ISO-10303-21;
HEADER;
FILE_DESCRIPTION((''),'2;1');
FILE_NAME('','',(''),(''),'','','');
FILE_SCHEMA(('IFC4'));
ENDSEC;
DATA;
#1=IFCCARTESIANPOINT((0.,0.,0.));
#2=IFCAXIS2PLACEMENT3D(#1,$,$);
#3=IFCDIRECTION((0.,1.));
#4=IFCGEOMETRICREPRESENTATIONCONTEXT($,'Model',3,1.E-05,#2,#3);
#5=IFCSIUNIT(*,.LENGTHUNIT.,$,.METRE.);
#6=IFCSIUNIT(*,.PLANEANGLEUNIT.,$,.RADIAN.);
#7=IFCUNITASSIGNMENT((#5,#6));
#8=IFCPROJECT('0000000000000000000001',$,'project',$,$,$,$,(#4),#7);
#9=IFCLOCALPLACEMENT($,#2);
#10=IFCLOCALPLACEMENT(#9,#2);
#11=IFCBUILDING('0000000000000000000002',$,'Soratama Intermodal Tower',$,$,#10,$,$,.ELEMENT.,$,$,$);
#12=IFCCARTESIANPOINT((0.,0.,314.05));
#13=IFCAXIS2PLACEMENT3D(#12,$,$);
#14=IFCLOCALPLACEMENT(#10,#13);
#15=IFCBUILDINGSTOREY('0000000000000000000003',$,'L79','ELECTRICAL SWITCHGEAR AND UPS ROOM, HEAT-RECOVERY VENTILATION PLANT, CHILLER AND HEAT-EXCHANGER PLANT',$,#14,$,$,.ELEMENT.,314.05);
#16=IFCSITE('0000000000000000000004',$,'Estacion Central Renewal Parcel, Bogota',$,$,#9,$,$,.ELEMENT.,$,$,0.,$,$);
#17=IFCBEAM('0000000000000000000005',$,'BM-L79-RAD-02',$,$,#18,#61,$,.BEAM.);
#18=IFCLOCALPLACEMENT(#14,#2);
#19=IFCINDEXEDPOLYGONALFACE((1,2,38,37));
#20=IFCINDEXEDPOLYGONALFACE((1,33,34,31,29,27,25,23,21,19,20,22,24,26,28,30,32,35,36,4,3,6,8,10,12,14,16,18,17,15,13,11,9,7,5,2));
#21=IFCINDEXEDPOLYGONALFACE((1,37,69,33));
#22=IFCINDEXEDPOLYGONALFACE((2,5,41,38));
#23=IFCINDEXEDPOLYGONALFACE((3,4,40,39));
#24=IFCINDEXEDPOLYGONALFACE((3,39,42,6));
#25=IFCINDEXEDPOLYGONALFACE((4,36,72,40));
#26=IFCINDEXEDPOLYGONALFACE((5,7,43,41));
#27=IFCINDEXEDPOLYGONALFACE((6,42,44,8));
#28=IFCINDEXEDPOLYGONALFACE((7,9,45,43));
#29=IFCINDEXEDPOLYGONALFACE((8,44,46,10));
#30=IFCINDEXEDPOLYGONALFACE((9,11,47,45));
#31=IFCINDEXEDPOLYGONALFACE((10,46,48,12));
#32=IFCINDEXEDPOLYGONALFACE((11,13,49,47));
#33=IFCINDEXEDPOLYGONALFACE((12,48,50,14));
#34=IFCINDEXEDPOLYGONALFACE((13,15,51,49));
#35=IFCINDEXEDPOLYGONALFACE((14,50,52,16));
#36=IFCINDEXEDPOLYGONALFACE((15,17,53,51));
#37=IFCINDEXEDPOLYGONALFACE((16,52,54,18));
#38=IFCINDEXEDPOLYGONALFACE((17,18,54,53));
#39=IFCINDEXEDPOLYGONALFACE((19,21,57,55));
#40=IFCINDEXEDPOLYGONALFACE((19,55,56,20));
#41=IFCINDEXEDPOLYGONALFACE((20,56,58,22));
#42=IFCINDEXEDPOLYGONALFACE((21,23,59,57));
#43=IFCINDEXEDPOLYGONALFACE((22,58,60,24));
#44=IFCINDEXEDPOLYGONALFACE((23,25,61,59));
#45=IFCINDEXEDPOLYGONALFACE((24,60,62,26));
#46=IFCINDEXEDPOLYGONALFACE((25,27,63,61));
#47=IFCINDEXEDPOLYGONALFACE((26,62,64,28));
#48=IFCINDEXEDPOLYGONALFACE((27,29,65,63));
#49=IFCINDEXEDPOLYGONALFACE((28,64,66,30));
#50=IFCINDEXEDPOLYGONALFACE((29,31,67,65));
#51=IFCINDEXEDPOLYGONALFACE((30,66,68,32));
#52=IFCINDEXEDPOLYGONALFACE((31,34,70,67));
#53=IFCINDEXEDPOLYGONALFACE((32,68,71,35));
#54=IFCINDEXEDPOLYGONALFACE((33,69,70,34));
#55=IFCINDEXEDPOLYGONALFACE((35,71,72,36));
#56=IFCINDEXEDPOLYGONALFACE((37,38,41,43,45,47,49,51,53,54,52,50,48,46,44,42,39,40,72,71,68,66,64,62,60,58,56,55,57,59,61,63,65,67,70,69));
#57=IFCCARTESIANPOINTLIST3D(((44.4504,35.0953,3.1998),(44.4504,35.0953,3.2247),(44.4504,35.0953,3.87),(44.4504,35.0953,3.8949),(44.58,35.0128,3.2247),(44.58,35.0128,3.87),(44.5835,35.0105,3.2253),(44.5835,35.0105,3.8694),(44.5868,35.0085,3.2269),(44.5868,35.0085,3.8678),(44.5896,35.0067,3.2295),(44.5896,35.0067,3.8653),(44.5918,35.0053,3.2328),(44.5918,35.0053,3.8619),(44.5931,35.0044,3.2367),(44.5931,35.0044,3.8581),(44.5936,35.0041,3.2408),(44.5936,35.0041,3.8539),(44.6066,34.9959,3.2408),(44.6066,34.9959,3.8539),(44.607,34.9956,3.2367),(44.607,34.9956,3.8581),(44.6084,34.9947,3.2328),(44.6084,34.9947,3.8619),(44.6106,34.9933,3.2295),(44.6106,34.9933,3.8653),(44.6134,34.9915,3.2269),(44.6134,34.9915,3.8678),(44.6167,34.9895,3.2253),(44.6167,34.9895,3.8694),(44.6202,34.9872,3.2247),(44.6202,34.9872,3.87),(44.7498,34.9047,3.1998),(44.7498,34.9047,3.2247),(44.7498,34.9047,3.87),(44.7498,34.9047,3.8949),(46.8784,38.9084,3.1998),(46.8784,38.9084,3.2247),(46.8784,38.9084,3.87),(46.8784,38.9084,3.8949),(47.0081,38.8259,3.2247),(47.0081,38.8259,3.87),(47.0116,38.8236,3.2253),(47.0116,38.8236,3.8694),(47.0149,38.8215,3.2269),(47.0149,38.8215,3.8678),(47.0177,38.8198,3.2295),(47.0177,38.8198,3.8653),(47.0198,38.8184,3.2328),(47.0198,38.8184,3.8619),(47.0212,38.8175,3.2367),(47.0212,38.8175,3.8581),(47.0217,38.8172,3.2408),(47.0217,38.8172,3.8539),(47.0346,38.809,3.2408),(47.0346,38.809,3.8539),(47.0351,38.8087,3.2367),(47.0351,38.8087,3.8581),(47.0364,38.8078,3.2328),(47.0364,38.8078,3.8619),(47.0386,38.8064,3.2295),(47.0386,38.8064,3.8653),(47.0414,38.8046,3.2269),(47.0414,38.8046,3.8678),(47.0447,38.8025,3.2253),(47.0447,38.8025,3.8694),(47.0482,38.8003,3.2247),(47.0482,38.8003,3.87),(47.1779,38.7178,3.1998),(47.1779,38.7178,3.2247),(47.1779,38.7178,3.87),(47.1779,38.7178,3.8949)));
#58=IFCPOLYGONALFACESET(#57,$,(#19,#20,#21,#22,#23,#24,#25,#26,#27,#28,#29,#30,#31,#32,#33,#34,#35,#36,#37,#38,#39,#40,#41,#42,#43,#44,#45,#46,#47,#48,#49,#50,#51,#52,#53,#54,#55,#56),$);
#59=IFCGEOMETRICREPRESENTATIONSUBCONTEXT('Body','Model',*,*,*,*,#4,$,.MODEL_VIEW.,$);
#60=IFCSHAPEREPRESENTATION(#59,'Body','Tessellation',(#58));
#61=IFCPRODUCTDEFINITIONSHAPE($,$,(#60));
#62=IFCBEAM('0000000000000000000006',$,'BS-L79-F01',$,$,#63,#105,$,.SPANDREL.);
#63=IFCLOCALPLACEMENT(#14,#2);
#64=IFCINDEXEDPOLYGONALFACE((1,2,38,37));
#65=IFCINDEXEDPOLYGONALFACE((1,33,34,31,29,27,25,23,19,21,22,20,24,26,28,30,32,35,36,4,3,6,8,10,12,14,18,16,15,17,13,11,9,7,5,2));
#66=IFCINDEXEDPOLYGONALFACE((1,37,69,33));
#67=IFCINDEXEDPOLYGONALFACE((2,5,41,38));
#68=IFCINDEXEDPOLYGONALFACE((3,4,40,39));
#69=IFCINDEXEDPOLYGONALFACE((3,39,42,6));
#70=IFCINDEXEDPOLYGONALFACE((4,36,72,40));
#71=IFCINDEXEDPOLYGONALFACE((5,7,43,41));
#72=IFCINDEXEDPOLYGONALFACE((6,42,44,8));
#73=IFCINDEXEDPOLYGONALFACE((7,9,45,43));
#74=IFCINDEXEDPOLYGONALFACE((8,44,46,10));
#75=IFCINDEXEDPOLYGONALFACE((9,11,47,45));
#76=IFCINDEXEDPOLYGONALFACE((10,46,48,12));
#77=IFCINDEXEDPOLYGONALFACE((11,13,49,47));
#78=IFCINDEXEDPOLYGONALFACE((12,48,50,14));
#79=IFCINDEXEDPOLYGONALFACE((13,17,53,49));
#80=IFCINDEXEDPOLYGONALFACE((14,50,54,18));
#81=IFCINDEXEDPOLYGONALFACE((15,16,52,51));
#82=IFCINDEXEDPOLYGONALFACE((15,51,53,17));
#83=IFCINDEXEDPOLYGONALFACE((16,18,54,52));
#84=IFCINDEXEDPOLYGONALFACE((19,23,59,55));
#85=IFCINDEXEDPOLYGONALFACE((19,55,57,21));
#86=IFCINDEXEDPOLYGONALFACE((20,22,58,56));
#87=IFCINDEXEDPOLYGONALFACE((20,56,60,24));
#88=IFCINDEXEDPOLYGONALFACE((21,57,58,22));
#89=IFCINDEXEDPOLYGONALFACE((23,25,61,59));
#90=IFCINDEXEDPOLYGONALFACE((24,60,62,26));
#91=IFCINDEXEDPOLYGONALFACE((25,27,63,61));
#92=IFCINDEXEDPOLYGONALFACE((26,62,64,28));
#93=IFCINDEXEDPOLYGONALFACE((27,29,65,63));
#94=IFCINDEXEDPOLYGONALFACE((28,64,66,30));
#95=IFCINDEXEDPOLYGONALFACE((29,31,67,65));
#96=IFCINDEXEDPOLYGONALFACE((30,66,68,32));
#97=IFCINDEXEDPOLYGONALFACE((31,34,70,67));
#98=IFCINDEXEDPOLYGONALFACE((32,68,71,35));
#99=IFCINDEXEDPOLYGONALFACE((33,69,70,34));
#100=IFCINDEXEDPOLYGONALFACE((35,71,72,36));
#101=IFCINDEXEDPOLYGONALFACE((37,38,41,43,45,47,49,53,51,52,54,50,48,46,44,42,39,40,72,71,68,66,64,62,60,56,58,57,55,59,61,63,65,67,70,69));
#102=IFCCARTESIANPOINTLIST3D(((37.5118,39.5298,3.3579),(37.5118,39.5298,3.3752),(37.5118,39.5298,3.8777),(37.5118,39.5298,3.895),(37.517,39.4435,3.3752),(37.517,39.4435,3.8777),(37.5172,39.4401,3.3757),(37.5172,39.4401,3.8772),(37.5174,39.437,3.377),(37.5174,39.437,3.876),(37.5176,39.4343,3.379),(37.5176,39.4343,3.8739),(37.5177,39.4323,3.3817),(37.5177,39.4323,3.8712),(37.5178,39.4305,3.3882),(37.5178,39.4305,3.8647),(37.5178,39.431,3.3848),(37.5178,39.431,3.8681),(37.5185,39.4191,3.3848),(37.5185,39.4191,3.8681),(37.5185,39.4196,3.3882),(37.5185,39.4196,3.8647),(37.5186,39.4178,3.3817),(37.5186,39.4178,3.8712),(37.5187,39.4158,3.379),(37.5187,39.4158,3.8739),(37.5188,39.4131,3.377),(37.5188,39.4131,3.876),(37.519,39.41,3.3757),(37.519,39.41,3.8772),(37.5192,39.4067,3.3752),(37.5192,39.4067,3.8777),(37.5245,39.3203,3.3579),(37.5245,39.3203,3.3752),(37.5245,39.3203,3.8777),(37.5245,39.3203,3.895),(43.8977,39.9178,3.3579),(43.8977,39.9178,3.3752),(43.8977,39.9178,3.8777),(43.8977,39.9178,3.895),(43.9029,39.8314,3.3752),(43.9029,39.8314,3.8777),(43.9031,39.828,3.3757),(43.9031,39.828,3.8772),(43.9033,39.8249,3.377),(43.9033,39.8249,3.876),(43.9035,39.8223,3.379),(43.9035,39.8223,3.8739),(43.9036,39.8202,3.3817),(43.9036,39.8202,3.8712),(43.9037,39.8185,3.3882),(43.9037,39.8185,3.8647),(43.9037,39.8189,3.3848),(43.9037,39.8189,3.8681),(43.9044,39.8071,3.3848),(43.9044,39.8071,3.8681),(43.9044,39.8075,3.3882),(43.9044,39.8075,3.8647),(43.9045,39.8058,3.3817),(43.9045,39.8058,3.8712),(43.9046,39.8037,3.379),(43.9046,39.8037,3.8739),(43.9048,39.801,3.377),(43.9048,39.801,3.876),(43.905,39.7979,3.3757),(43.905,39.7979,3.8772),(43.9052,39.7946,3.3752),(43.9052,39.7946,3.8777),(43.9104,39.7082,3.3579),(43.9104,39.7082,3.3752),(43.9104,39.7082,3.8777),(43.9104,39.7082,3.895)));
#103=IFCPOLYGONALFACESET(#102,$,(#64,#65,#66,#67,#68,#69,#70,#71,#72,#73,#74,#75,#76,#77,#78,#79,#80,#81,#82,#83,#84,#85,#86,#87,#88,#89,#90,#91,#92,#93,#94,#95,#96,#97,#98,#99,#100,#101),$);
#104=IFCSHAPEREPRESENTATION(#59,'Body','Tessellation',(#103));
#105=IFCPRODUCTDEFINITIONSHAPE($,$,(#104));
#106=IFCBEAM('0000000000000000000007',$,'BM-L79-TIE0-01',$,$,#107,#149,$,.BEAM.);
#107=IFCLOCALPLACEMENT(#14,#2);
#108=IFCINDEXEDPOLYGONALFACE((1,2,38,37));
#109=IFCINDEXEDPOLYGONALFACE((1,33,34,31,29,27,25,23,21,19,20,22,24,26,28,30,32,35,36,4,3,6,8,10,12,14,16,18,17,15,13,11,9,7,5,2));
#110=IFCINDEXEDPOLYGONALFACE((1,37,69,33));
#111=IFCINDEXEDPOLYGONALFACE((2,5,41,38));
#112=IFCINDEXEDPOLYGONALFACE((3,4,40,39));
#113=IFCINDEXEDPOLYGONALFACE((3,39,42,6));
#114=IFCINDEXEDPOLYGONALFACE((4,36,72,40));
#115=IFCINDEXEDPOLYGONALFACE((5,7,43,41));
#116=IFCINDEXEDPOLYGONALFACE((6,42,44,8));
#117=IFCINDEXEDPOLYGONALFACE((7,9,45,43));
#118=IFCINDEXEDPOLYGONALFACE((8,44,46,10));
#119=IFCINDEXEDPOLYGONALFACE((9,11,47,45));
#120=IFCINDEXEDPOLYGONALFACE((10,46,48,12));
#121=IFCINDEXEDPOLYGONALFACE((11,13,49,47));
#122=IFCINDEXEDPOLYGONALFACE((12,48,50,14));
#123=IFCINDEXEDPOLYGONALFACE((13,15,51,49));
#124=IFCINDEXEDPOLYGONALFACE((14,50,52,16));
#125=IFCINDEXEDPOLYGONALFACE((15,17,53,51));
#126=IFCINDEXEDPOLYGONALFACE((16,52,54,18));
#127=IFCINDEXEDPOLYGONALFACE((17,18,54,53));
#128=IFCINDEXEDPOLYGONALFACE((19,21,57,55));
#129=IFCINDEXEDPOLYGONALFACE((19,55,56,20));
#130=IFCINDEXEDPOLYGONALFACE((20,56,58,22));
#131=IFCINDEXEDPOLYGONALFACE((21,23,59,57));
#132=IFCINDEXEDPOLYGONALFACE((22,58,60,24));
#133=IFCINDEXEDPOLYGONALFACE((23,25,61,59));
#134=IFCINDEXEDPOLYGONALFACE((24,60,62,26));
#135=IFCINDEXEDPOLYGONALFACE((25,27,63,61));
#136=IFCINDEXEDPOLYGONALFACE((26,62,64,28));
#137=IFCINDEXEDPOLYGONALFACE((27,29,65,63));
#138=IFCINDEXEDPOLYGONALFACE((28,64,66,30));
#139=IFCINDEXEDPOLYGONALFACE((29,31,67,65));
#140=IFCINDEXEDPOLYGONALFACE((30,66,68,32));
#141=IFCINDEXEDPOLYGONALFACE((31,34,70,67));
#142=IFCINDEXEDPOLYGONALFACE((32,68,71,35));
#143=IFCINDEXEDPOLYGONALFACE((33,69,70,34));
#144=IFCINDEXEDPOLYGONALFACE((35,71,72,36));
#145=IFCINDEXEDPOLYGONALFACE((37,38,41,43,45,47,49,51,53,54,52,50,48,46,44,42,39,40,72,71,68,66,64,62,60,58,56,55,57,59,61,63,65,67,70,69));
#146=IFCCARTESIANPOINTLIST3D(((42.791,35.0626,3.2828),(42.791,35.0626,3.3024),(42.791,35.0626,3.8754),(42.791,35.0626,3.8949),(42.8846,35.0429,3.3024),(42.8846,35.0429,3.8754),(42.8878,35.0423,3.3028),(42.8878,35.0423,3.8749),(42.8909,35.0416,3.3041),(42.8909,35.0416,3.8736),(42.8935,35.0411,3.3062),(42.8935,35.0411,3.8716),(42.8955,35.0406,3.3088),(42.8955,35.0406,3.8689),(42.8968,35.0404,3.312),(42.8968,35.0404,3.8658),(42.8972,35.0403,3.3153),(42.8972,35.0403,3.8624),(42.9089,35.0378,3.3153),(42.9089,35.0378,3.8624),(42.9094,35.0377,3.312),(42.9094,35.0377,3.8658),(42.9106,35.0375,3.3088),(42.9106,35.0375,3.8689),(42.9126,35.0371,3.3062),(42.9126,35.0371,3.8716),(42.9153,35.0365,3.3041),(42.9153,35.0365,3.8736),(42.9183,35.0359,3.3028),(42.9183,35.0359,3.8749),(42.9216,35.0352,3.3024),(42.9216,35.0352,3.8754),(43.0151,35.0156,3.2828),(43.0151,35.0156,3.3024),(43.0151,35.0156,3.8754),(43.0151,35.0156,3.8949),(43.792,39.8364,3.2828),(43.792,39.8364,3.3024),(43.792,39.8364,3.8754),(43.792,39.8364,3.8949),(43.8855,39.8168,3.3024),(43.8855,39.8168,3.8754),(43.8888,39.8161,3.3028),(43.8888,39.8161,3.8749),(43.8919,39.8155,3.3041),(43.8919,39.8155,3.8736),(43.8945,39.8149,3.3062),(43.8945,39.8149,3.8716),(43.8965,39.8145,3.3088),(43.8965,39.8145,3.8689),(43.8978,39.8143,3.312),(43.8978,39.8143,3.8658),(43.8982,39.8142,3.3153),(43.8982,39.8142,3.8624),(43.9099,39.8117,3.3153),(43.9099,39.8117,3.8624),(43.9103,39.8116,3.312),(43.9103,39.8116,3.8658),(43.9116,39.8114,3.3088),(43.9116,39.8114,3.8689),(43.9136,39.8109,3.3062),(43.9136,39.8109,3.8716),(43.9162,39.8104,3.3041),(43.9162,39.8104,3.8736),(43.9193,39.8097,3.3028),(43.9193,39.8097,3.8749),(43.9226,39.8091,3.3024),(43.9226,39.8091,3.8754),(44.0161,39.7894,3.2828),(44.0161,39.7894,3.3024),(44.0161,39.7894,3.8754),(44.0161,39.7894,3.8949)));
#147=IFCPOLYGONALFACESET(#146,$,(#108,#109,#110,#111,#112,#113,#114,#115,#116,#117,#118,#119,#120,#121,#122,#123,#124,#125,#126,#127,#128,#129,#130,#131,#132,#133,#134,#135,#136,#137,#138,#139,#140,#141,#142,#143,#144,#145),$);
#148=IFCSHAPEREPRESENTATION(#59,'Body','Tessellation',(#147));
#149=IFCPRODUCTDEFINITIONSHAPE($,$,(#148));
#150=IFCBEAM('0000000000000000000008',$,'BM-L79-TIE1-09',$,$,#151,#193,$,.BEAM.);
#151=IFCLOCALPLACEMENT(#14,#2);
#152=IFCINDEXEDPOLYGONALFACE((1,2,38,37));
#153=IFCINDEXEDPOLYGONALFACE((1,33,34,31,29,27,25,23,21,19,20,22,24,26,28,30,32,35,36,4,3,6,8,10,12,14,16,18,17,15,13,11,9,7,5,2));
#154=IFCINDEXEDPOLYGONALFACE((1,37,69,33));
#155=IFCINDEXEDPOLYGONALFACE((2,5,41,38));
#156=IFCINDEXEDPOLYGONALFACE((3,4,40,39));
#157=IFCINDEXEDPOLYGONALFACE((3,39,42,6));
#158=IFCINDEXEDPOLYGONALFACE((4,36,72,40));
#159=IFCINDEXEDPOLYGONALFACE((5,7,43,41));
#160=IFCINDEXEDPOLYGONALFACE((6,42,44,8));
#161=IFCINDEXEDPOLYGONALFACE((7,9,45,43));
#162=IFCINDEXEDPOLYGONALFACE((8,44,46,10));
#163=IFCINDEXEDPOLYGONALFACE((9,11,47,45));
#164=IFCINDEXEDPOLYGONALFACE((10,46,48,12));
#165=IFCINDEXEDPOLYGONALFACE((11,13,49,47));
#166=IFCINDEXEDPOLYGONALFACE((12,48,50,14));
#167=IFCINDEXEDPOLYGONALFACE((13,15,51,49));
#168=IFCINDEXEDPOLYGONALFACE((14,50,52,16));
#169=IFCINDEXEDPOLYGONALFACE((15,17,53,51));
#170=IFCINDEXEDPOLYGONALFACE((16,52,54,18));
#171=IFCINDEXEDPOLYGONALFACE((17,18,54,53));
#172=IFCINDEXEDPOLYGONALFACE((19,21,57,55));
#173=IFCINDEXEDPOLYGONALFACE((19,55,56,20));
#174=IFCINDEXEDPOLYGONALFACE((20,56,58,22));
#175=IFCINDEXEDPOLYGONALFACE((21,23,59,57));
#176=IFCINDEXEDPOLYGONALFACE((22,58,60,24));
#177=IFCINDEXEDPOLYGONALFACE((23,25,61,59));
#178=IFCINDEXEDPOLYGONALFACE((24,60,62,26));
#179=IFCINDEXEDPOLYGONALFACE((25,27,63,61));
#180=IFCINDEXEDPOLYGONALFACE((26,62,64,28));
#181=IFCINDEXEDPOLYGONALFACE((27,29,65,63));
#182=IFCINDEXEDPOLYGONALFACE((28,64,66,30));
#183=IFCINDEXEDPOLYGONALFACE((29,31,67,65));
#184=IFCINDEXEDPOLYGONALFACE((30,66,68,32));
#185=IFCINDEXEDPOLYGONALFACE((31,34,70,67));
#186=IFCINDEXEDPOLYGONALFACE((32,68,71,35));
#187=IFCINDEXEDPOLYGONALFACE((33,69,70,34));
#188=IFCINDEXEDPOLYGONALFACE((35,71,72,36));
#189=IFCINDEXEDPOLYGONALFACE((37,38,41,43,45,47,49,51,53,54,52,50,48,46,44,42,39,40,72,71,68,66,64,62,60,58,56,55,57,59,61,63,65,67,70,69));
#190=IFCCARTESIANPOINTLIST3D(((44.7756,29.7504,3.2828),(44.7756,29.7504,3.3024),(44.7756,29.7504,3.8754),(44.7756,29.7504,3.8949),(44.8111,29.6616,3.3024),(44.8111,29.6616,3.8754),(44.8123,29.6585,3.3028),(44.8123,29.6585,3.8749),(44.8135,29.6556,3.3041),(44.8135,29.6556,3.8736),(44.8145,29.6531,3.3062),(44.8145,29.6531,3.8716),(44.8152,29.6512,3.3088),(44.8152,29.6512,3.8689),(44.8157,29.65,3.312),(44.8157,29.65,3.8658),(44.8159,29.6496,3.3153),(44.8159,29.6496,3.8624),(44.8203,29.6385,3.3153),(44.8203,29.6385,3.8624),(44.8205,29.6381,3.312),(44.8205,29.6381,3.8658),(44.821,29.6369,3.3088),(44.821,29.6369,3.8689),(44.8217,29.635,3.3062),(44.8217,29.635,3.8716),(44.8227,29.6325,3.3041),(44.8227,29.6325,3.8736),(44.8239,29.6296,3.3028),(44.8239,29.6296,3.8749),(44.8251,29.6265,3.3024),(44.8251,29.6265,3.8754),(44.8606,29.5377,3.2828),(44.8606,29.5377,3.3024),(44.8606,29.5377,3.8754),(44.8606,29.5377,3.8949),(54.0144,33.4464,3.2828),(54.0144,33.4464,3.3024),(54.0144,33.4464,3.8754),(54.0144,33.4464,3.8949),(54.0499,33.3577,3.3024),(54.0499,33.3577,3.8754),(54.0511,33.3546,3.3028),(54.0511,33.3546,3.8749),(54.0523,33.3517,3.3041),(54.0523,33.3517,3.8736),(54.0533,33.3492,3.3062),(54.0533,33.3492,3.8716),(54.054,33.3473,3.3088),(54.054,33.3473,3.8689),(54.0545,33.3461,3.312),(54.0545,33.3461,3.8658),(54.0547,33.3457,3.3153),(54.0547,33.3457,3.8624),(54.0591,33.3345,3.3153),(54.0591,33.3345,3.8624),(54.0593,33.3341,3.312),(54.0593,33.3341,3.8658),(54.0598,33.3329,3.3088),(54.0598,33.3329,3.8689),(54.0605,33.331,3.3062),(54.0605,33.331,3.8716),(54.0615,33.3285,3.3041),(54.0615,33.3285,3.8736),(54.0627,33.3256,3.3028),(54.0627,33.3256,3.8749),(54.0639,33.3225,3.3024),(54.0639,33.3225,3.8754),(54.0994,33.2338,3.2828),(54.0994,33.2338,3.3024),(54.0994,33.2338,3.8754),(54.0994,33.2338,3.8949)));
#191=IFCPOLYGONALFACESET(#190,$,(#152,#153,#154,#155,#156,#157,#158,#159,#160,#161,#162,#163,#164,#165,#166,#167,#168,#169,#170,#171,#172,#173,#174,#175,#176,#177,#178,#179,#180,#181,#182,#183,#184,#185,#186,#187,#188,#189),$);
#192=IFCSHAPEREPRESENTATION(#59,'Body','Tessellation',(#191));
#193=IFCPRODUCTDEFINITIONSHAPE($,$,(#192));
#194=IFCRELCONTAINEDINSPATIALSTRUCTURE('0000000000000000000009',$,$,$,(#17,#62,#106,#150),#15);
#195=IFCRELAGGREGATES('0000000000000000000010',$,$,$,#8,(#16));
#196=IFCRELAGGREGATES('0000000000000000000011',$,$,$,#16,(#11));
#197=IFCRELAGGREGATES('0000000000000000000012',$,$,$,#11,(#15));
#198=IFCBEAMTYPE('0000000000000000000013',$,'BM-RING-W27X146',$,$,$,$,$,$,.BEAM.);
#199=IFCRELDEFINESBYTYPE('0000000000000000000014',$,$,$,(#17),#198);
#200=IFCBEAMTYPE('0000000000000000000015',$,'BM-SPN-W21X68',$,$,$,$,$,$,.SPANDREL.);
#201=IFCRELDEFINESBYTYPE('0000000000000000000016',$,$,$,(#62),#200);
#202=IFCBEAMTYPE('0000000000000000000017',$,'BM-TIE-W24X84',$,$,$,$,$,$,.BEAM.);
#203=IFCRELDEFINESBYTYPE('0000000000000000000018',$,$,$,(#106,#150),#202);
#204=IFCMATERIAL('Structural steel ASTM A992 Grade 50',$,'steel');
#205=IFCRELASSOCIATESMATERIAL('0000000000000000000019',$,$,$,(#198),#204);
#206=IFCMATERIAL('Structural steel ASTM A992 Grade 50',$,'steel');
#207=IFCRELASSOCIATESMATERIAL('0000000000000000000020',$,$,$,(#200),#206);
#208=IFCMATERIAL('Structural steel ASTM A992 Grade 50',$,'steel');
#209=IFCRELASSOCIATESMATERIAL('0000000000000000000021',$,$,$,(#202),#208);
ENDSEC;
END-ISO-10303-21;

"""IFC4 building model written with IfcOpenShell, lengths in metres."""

from ifc_helpers import new_model, si_unit, direction, frame, origin, origin_2d, place, context, subcontext, project, spatial, i_section, extrude, material, material_profile, profile_set, type_object, element, save


model = new_model("IFC4")

# Units and contexts
model_context = context("Model", 3, precision=1e-05, world=origin(), true_north=direction((0.0, 1.0)))
body_context = subcontext(model_context, "Body", "Model", "MODEL_VIEW")
ifc_project = project(units=[si_unit("LENGTHUNIT", "METRE"), si_unit("PLANEANGLEUNIT", "RADIAN")], contexts=[model_context])

# Site, building, storey
site_placement = place(None, origin())
site = spatial("IfcSite", under=ifc_project, at=site_placement, Name="Estacion Central Renewal Parcel, Bogota", CompositionType="ELEMENT", RefElevation=0.0)
building_placement = place(site_placement, origin())
building = spatial("IfcBuilding", under=site, at=building_placement, Name="Soratama Intermodal Tower", CompositionType="ELEMENT")
storey_placement = place(building_placement, frame((0.0, 0.0, 314.05)))
storey = spatial("IfcBuildingStorey", under=building, at=storey_placement, Name="L79", Description="ELECTRICAL SWITCHGEAR AND UPS ROOM, HEAT-RECOVERY VENTILATION PLANT, CHILLER AND HEAT-EXCHANGER PLANT", CompositionType="ELEMENT", Elevation=314.05)

# Beams
ifc_material_1 = material(Name="Structural steel ASTM A992 Grade 50", Category="steel")
ifc_material_profile_1 = material_profile(ifc_material_1, i_section(OverallWidth=0.355, OverallDepth=0.6951, WebThickness=0.0154, FlangeThickness=0.0249, FilletRadius=0.0161, at=origin_2d()), Name="W27X146")
ifc_profile_set_1 = profile_set([ifc_material_profile_1], Name="Structural steel ASTM A992 Grade 50")
beam_type_1 = type_object("IfcBeamType", Name="BM-RING-W27X146", PredefinedType="BEAM", material=ifc_profile_set_1)
beam_1_placement = place(storey_placement, frame((44.6001, 35.0, 3.5474), z_axis=(0.537117, 0.843508, 0.0), x_axis=(-0.843508, 0.537117, 0.0)))
element("IfcBeam", 1, at=beam_1_placement, inside=storey, type_object=beam_type_1, Name="BM-L79-RAD-02", PredefinedType="BEAM", context=body_context, shape_type="SweptSolid", body=[
    extrude(i_section(OverallWidth=0.355, OverallDepth=0.6951, WebThickness=0.0154, FlangeThickness=0.0249, FilletRadius=0.0161, at=origin_2d()), origin(), (0.0, 0.0, 1.0), 4.5205),
])
ifc_material_2 = material(Name="Structural steel ASTM A992 Grade 50", Category="steel")
ifc_material_profile_2 = material_profile(ifc_material_2, i_section(OverallWidth=0.21, OverallDepth=0.5371, WebThickness=0.011, FlangeThickness=0.0173, FilletRadius=0.0129, at=origin_2d()), Name="W21X68")
ifc_profile_set_2 = profile_set([ifc_material_profile_2], Name="Structural steel ASTM A992 Grade 50")
beam_type_2 = type_object("IfcBeamType", Name="BM-SPN-W21X68", PredefinedType="SPANDREL", material=ifc_profile_set_2)
beam_2_placement = place(storey_placement, frame((43.9041, 39.813, 3.6265), z_axis=(-0.99816, -0.060637, 0.0), x_axis=(0.060637, -0.99816, 0.0)))
element("IfcBeam", 2, at=beam_2_placement, inside=storey, type_object=beam_type_2, Name="BS-L79-F01", PredefinedType="SPANDREL", context=body_context, shape_type="SweptSolid", body=[
    extrude(i_section(OverallWidth=0.21, OverallDepth=0.5371, WebThickness=0.011, FlangeThickness=0.0173, FilletRadius=0.0129, at=origin_2d()), origin(), (0.0, 0.0, 1.0), 6.3977),
])
ifc_material_3 = material(Name="Structural steel ASTM A992 Grade 50", Category="steel")
ifc_material_profile_3 = material_profile(ifc_material_3, i_section(OverallWidth=0.229, OverallDepth=0.6121, WebThickness=0.012, FlangeThickness=0.0195, FilletRadius=0.0129, at=origin_2d()), Name="W24X84")
ifc_profile_set_3 = profile_set([ifc_material_profile_3], Name="Structural steel ASTM A992 Grade 50")
beam_type_3 = type_object("IfcBeamType", Name="BM-TIE-W24X84", PredefinedType="BEAM", material=ifc_profile_set_3)
beam_3_placement = place(storey_placement, frame((42.9031, 35.0391, 3.5889), z_axis=(0.205213, 0.978717, 0.0), x_axis=(-0.978717, 0.205213, 0.0)))
element("IfcBeam", 3, at=beam_3_placement, inside=storey, type_object=beam_type_3, Name="BM-L79-TIE0-01", PredefinedType="BEAM", context=body_context, shape_type="SweptSolid", body=[
    extrude(i_section(OverallWidth=0.229, OverallDepth=0.6121, WebThickness=0.012, FlangeThickness=0.0195, FilletRadius=0.0129, at=origin_2d()), origin(), (0.0, 0.0, 1.0), 4.8777),
])
beam_4_placement = place(storey_placement, frame((44.8181, 29.644, 3.5889), z_axis=(0.928458, 0.371437, 0.0), x_axis=(-0.371437, 0.928458, 0.0)))
element("IfcBeam", 4, at=beam_4_placement, inside=storey, type_object=beam_type_3, Name="BM-L79-TIE1-09", PredefinedType="BEAM", context=body_context, shape_type="SweptSolid", body=[
    extrude(i_section(OverallWidth=0.229, OverallDepth=0.6121, WebThickness=0.012, FlangeThickness=0.0195, FilletRadius=0.0129, at=origin_2d()), origin(), (0.0, 0.0, 1.0), 9.9507),
])

save(model, "model.ifc")
